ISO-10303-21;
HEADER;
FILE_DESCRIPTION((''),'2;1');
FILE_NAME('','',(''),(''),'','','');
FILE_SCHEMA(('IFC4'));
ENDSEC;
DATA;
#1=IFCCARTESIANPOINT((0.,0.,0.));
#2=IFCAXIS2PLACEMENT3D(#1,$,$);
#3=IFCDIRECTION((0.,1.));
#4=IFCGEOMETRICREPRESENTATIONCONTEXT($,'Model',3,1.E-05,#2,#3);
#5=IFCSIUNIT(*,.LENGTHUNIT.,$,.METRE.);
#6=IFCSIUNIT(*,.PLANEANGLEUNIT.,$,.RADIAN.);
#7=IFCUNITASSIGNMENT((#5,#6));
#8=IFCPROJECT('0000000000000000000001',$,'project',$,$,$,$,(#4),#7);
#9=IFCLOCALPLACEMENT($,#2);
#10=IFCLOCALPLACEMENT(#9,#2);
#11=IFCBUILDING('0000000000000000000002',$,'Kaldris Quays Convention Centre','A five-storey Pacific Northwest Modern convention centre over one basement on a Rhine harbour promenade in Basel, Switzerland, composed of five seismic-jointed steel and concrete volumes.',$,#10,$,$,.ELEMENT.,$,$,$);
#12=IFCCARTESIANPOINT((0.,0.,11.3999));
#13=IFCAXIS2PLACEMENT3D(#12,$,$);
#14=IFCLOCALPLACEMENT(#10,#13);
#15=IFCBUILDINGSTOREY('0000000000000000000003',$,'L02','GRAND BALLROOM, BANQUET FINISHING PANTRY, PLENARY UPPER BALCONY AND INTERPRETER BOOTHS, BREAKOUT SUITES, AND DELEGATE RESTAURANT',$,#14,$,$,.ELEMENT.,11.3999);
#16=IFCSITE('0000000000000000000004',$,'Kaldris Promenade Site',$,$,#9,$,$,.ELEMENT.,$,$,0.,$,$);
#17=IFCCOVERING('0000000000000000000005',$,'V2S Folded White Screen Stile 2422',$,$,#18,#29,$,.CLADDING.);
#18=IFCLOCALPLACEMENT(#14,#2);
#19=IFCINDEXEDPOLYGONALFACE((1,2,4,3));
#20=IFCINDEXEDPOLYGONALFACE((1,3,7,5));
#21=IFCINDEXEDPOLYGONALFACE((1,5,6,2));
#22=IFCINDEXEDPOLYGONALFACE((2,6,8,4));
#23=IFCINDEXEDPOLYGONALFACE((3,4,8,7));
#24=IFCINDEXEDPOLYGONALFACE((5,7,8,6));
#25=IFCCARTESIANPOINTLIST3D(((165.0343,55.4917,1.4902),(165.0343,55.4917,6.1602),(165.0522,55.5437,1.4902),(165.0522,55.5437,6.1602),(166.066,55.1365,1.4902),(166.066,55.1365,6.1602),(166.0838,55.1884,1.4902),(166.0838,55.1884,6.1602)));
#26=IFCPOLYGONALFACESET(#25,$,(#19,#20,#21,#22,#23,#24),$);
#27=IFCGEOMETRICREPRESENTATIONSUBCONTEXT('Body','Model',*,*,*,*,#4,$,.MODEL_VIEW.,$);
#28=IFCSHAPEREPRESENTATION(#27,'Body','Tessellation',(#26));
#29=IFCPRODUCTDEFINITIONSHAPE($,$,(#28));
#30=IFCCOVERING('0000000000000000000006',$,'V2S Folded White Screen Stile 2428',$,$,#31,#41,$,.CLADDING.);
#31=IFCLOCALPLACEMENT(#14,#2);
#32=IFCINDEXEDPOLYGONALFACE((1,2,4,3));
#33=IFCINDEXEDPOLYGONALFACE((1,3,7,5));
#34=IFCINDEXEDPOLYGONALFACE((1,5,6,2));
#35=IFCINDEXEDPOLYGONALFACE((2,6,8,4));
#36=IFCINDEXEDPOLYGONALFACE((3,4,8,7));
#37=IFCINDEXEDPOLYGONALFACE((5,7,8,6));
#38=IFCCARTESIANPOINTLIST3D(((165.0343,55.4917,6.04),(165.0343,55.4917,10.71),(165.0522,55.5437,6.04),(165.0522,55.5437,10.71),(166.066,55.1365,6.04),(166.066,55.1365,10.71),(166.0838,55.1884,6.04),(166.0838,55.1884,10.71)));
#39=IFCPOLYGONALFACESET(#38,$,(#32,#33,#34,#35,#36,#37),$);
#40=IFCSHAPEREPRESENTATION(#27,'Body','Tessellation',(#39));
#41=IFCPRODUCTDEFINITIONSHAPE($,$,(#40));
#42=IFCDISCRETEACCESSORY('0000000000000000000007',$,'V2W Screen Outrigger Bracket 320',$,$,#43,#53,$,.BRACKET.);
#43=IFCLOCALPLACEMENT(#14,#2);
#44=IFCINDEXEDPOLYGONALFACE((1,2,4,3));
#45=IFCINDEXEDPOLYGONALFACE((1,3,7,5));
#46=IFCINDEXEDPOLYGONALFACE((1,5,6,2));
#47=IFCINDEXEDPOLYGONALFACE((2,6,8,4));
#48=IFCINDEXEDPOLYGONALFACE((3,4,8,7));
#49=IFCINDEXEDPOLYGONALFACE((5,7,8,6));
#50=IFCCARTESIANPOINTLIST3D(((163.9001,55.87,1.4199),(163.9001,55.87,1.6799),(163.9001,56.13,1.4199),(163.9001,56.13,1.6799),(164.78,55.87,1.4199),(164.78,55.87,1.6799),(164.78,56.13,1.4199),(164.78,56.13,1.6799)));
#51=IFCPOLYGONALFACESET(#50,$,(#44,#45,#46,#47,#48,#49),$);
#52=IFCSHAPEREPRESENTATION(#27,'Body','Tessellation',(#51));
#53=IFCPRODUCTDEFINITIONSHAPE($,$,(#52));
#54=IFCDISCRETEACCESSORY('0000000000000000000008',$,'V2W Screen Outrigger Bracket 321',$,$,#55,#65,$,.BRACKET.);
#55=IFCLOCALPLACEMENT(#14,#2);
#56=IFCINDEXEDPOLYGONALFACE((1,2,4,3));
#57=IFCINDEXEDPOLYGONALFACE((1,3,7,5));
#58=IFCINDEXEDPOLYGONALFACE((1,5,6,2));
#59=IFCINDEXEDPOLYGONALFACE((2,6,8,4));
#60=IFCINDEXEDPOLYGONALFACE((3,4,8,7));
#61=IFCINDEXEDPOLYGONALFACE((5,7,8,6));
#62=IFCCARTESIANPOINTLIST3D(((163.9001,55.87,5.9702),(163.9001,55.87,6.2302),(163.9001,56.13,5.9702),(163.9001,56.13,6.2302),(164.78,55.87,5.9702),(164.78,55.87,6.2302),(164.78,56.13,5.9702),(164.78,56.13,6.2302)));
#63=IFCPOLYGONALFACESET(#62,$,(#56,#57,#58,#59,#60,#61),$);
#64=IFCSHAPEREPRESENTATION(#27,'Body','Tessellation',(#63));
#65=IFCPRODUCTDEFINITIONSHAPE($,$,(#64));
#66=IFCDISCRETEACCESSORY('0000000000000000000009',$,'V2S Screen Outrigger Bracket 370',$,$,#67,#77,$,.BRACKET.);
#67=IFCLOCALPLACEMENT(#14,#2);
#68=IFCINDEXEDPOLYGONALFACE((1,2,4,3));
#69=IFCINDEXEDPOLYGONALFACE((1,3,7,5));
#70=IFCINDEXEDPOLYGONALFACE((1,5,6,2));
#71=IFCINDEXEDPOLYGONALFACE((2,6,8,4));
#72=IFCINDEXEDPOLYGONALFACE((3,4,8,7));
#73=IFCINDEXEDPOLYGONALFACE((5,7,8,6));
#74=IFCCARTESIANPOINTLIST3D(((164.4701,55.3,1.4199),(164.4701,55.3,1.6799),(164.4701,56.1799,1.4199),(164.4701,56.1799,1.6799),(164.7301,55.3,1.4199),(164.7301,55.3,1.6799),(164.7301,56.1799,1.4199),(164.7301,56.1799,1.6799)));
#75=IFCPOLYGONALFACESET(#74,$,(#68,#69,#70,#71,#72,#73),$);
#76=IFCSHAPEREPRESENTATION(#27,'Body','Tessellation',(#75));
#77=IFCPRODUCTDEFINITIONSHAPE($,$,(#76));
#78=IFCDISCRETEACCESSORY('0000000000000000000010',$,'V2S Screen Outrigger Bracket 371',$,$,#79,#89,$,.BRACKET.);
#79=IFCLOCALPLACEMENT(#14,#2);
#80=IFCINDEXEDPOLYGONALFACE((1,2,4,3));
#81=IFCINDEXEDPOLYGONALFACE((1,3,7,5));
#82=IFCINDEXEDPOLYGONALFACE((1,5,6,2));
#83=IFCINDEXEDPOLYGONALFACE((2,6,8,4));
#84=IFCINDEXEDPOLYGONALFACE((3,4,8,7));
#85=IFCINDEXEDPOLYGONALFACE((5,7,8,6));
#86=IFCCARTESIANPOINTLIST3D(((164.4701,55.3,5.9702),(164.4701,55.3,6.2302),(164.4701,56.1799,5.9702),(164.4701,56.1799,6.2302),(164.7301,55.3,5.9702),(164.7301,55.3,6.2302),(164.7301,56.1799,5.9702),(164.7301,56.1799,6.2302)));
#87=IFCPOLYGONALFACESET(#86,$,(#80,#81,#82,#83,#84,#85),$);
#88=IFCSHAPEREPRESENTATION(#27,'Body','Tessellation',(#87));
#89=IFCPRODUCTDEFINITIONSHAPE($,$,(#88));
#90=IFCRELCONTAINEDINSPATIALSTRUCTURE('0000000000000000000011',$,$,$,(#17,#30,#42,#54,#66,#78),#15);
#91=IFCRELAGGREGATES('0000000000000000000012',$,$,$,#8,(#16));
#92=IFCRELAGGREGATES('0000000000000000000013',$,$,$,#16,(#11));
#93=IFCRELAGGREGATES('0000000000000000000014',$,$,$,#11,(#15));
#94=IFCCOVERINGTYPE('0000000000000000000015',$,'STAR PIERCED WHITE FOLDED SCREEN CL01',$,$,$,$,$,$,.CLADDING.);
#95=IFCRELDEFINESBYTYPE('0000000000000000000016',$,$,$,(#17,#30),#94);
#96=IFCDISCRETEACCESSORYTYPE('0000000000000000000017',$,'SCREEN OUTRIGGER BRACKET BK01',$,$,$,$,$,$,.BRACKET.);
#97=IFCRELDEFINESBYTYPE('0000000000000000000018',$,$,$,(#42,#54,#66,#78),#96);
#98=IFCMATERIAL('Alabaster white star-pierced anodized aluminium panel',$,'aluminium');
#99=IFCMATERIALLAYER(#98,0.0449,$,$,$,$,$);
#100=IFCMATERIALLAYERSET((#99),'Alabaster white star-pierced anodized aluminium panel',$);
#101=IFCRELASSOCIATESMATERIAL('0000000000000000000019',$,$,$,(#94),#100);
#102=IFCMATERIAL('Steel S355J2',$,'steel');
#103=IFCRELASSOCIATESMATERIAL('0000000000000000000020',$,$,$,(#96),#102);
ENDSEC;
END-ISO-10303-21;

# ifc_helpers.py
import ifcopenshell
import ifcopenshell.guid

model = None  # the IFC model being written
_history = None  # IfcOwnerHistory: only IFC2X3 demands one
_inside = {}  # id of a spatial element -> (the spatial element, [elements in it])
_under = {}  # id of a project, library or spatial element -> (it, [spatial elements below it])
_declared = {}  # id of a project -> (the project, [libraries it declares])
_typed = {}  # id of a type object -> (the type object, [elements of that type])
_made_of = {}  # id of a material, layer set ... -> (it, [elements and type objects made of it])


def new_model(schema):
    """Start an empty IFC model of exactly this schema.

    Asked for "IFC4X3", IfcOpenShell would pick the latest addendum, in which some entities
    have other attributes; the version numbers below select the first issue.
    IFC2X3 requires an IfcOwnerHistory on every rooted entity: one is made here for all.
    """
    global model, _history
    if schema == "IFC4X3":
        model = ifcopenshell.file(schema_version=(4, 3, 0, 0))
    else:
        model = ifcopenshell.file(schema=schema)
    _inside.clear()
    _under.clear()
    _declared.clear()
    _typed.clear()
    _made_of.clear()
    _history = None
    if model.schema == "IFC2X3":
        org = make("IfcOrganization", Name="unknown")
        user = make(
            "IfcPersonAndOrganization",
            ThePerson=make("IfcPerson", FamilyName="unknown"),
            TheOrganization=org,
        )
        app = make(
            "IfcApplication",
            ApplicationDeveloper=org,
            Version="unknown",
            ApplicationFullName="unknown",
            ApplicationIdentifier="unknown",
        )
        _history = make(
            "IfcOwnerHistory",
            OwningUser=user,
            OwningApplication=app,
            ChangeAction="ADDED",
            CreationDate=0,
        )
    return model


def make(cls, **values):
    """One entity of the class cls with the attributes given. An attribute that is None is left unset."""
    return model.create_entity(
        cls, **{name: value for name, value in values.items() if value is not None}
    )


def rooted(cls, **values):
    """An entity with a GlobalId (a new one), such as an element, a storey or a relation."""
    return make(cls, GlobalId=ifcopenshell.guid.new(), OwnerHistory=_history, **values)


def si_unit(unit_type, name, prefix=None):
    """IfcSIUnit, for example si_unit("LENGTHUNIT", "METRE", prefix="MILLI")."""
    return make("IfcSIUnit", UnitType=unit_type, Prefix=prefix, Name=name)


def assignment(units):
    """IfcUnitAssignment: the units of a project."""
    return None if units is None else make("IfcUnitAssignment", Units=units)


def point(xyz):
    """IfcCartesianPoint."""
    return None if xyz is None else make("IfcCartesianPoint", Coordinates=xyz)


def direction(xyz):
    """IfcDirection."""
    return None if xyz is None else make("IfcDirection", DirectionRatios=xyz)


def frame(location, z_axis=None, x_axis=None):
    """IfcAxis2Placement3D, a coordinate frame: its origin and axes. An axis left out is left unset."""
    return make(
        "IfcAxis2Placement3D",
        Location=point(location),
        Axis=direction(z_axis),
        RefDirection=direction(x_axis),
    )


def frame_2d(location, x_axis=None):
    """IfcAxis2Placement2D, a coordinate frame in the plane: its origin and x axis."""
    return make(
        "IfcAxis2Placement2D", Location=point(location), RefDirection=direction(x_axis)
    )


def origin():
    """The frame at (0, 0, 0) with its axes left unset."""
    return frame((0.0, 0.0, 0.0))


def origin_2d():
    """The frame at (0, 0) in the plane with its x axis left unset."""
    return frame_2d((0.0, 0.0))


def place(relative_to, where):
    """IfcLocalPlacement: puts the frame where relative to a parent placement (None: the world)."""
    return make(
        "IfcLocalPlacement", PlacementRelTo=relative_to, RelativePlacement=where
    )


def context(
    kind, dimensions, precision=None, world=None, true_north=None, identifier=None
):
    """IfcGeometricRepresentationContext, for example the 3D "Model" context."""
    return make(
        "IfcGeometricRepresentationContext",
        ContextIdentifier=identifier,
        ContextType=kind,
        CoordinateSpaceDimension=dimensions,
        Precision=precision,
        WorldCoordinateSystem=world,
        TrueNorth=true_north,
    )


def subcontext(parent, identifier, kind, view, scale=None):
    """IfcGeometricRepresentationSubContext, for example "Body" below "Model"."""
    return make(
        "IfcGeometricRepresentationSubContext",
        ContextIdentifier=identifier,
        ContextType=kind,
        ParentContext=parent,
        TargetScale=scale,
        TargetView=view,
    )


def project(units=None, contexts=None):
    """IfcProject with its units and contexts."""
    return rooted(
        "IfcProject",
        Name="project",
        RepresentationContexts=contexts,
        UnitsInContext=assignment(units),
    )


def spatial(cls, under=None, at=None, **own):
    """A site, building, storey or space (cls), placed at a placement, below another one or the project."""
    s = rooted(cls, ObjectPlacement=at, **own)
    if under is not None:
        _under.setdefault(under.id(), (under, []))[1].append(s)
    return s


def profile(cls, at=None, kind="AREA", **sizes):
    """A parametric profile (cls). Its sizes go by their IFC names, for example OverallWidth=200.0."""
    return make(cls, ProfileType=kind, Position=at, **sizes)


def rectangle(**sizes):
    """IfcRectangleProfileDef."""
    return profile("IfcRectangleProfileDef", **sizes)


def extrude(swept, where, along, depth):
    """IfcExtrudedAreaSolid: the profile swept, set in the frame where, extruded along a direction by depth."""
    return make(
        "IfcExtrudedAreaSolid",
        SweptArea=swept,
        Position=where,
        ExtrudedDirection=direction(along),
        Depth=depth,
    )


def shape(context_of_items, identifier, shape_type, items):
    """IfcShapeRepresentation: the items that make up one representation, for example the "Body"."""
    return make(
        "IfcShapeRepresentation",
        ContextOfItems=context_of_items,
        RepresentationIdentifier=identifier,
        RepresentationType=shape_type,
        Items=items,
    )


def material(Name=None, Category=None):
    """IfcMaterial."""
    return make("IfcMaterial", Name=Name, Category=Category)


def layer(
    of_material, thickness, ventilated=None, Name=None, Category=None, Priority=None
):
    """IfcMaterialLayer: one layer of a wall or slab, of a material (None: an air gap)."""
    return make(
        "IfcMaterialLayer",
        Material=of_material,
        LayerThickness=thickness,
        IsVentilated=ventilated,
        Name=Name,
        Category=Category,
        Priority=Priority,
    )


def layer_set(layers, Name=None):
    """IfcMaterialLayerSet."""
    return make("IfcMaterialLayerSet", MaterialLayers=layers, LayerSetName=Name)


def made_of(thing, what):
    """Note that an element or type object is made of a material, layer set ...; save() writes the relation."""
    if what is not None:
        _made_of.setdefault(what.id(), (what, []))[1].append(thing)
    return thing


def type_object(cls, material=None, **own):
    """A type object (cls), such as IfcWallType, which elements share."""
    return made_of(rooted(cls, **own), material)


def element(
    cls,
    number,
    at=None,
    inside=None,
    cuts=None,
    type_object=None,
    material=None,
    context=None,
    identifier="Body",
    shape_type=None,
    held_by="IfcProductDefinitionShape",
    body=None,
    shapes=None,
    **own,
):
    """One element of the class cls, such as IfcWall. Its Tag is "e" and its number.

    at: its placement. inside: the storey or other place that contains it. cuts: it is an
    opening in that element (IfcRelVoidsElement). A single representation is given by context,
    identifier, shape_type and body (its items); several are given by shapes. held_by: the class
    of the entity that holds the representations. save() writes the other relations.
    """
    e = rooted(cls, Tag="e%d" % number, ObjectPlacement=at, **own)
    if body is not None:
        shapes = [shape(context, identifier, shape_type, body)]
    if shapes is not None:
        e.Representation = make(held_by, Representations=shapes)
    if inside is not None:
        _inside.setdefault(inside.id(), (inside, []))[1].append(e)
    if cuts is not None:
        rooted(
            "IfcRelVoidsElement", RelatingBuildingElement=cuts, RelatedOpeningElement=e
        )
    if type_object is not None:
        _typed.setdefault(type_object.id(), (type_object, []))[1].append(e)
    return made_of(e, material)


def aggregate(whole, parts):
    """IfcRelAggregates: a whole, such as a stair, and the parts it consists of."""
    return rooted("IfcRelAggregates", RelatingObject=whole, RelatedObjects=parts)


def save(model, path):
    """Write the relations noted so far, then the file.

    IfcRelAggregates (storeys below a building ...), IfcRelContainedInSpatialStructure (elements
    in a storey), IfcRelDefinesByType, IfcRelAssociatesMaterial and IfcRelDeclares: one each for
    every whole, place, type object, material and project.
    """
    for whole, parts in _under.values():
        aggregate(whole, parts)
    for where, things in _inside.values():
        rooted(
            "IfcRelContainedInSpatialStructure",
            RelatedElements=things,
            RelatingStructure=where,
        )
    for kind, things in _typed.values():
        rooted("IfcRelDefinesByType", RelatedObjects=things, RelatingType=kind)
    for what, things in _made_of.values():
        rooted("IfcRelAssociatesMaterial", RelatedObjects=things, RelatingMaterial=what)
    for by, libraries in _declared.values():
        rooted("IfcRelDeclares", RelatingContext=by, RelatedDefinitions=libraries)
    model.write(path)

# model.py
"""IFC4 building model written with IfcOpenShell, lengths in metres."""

from ifc_helpers import new_model, si_unit, direction, frame, origin, origin_2d, place, context, subcontext, project, spatial, rectangle, extrude, material, layer, layer_set, type_object, element, save


model = new_model("IFC4")

# Units and contexts
model_context = context("Model", 3, precision=1e-05, world=origin(), true_north=direction((0.0, 1.0)))
body_context = subcontext(model_context, "Body", "Model", "MODEL_VIEW")
ifc_project = project(units=[si_unit("LENGTHUNIT", "METRE"), si_unit("PLANEANGLEUNIT", "RADIAN")], contexts=[model_context])

# Site, building, storey
site_placement = place(None, origin())
site = spatial("IfcSite", under=ifc_project, at=site_placement, Name="Kaldris Promenade Site", CompositionType="ELEMENT", RefElevation=0.0)
building_placement = place(site_placement, origin())
building = spatial("IfcBuilding", under=site, at=building_placement, Name="Kaldris Quays Convention Centre", Description="A five-storey Pacific Northwest Modern convention centre over one basement on a Rhine harbour promenade in Basel, Switzerland, composed of five seismic-jointed steel and concrete volumes.", CompositionType="ELEMENT")
storey_placement = place(building_placement, frame((0.0, 0.0, 11.3999)))
storey = spatial("IfcBuildingStorey", under=building, at=storey_placement, Name="L02", Description="GRAND BALLROOM, BANQUET FINISHING PANTRY, PLENARY UPPER BALCONY AND INTERPRETER BOOTHS, BREAKOUT SUITES, AND DELEGATE RESTAURANT", CompositionType="ELEMENT", Elevation=11.3999)

# Shared definitions
ifc_material_1 = material(Name="Steel S355J2", Category="steel")

# Coverings
ifc_material_2 = material(Name="Alabaster white star-pierced anodized aluminium panel", Category="aluminium")
ifc_layer = layer(ifc_material_2, 0.0449)
ifc_layer_set = layer_set([ifc_layer], Name="Alabaster white star-pierced anodized aluminium panel")
covering_type = type_object("IfcCoveringType", Name="STAR PIERCED WHITE FOLDED SCREEN CL01", PredefinedType="CLADDING", material=ifc_layer_set)
for number, where, z_axis, x_axis, name in (
    (1, (165.5591, 55.3401, 1.4902), (0.0, 0.0, 1.0), (0.945519, -0.325568, 0.0), "V2S Folded White Screen Stile 2422"),
    (2, (165.5591, 55.3401, 6.04), (0.0, 0.0, 1.0), (0.945519, -0.325568, 0.0), "V2S Folded White Screen Stile 2428"),
):
    element("IfcCovering", number, at=place(storey_placement, frame(where, z_axis=z_axis, x_axis=x_axis)), inside=storey, type_object=covering_type, Name=name, PredefinedType="CLADDING", context=body_context, shape_type="SweptSolid", body=[
        extrude(rectangle(XDim=1.0911, YDim=0.0549, at=origin_2d()), origin(), (0.0, 0.0, 1.0), 4.6699),
    ])

# Discrete accessories
discrete_accessory_type = type_object("IfcDiscreteAccessoryType", Name="SCREEN OUTRIGGER BRACKET BK01", PredefinedType="BRACKET", material=ifc_material_1)
for number, where, z_axis, x_axis, name in (
    (3, (164.3401, 56.0, 1.4199), (0.0, 0.0, 1.0), (0.0, 1.0, 0.0), "V2W Screen Outrigger Bracket 320"),
    (4, (164.3401, 56.0, 5.9702), (0.0, 0.0, 1.0), (0.0, 1.0, 0.0), "V2W Screen Outrigger Bracket 321"),
    (5, (164.6001, 55.74, 1.4199), (0.0, 0.0, 1.0), (1.0, 0.0, 0.0), "V2S Screen Outrigger Bracket 370"),
    (6, (164.6001, 55.74, 5.9702), (0.0, 0.0, 1.0), (1.0, 0.0, 0.0), "V2S Screen Outrigger Bracket 371"),
):
    element("IfcDiscreteAccessory", number, at=place(storey_placement, frame(where, z_axis=z_axis, x_axis=x_axis)), inside=storey, type_object=discrete_accessory_type, Name=name, PredefinedType="BRACKET", context=body_context, shape_type="SweptSolid", body=[
        extrude(rectangle(XDim=0.26, YDim=0.8799, at=origin_2d()), origin(), (0.0, 0.0, 1.0), 0.26),
    ])

save(model, "model.ifc")
